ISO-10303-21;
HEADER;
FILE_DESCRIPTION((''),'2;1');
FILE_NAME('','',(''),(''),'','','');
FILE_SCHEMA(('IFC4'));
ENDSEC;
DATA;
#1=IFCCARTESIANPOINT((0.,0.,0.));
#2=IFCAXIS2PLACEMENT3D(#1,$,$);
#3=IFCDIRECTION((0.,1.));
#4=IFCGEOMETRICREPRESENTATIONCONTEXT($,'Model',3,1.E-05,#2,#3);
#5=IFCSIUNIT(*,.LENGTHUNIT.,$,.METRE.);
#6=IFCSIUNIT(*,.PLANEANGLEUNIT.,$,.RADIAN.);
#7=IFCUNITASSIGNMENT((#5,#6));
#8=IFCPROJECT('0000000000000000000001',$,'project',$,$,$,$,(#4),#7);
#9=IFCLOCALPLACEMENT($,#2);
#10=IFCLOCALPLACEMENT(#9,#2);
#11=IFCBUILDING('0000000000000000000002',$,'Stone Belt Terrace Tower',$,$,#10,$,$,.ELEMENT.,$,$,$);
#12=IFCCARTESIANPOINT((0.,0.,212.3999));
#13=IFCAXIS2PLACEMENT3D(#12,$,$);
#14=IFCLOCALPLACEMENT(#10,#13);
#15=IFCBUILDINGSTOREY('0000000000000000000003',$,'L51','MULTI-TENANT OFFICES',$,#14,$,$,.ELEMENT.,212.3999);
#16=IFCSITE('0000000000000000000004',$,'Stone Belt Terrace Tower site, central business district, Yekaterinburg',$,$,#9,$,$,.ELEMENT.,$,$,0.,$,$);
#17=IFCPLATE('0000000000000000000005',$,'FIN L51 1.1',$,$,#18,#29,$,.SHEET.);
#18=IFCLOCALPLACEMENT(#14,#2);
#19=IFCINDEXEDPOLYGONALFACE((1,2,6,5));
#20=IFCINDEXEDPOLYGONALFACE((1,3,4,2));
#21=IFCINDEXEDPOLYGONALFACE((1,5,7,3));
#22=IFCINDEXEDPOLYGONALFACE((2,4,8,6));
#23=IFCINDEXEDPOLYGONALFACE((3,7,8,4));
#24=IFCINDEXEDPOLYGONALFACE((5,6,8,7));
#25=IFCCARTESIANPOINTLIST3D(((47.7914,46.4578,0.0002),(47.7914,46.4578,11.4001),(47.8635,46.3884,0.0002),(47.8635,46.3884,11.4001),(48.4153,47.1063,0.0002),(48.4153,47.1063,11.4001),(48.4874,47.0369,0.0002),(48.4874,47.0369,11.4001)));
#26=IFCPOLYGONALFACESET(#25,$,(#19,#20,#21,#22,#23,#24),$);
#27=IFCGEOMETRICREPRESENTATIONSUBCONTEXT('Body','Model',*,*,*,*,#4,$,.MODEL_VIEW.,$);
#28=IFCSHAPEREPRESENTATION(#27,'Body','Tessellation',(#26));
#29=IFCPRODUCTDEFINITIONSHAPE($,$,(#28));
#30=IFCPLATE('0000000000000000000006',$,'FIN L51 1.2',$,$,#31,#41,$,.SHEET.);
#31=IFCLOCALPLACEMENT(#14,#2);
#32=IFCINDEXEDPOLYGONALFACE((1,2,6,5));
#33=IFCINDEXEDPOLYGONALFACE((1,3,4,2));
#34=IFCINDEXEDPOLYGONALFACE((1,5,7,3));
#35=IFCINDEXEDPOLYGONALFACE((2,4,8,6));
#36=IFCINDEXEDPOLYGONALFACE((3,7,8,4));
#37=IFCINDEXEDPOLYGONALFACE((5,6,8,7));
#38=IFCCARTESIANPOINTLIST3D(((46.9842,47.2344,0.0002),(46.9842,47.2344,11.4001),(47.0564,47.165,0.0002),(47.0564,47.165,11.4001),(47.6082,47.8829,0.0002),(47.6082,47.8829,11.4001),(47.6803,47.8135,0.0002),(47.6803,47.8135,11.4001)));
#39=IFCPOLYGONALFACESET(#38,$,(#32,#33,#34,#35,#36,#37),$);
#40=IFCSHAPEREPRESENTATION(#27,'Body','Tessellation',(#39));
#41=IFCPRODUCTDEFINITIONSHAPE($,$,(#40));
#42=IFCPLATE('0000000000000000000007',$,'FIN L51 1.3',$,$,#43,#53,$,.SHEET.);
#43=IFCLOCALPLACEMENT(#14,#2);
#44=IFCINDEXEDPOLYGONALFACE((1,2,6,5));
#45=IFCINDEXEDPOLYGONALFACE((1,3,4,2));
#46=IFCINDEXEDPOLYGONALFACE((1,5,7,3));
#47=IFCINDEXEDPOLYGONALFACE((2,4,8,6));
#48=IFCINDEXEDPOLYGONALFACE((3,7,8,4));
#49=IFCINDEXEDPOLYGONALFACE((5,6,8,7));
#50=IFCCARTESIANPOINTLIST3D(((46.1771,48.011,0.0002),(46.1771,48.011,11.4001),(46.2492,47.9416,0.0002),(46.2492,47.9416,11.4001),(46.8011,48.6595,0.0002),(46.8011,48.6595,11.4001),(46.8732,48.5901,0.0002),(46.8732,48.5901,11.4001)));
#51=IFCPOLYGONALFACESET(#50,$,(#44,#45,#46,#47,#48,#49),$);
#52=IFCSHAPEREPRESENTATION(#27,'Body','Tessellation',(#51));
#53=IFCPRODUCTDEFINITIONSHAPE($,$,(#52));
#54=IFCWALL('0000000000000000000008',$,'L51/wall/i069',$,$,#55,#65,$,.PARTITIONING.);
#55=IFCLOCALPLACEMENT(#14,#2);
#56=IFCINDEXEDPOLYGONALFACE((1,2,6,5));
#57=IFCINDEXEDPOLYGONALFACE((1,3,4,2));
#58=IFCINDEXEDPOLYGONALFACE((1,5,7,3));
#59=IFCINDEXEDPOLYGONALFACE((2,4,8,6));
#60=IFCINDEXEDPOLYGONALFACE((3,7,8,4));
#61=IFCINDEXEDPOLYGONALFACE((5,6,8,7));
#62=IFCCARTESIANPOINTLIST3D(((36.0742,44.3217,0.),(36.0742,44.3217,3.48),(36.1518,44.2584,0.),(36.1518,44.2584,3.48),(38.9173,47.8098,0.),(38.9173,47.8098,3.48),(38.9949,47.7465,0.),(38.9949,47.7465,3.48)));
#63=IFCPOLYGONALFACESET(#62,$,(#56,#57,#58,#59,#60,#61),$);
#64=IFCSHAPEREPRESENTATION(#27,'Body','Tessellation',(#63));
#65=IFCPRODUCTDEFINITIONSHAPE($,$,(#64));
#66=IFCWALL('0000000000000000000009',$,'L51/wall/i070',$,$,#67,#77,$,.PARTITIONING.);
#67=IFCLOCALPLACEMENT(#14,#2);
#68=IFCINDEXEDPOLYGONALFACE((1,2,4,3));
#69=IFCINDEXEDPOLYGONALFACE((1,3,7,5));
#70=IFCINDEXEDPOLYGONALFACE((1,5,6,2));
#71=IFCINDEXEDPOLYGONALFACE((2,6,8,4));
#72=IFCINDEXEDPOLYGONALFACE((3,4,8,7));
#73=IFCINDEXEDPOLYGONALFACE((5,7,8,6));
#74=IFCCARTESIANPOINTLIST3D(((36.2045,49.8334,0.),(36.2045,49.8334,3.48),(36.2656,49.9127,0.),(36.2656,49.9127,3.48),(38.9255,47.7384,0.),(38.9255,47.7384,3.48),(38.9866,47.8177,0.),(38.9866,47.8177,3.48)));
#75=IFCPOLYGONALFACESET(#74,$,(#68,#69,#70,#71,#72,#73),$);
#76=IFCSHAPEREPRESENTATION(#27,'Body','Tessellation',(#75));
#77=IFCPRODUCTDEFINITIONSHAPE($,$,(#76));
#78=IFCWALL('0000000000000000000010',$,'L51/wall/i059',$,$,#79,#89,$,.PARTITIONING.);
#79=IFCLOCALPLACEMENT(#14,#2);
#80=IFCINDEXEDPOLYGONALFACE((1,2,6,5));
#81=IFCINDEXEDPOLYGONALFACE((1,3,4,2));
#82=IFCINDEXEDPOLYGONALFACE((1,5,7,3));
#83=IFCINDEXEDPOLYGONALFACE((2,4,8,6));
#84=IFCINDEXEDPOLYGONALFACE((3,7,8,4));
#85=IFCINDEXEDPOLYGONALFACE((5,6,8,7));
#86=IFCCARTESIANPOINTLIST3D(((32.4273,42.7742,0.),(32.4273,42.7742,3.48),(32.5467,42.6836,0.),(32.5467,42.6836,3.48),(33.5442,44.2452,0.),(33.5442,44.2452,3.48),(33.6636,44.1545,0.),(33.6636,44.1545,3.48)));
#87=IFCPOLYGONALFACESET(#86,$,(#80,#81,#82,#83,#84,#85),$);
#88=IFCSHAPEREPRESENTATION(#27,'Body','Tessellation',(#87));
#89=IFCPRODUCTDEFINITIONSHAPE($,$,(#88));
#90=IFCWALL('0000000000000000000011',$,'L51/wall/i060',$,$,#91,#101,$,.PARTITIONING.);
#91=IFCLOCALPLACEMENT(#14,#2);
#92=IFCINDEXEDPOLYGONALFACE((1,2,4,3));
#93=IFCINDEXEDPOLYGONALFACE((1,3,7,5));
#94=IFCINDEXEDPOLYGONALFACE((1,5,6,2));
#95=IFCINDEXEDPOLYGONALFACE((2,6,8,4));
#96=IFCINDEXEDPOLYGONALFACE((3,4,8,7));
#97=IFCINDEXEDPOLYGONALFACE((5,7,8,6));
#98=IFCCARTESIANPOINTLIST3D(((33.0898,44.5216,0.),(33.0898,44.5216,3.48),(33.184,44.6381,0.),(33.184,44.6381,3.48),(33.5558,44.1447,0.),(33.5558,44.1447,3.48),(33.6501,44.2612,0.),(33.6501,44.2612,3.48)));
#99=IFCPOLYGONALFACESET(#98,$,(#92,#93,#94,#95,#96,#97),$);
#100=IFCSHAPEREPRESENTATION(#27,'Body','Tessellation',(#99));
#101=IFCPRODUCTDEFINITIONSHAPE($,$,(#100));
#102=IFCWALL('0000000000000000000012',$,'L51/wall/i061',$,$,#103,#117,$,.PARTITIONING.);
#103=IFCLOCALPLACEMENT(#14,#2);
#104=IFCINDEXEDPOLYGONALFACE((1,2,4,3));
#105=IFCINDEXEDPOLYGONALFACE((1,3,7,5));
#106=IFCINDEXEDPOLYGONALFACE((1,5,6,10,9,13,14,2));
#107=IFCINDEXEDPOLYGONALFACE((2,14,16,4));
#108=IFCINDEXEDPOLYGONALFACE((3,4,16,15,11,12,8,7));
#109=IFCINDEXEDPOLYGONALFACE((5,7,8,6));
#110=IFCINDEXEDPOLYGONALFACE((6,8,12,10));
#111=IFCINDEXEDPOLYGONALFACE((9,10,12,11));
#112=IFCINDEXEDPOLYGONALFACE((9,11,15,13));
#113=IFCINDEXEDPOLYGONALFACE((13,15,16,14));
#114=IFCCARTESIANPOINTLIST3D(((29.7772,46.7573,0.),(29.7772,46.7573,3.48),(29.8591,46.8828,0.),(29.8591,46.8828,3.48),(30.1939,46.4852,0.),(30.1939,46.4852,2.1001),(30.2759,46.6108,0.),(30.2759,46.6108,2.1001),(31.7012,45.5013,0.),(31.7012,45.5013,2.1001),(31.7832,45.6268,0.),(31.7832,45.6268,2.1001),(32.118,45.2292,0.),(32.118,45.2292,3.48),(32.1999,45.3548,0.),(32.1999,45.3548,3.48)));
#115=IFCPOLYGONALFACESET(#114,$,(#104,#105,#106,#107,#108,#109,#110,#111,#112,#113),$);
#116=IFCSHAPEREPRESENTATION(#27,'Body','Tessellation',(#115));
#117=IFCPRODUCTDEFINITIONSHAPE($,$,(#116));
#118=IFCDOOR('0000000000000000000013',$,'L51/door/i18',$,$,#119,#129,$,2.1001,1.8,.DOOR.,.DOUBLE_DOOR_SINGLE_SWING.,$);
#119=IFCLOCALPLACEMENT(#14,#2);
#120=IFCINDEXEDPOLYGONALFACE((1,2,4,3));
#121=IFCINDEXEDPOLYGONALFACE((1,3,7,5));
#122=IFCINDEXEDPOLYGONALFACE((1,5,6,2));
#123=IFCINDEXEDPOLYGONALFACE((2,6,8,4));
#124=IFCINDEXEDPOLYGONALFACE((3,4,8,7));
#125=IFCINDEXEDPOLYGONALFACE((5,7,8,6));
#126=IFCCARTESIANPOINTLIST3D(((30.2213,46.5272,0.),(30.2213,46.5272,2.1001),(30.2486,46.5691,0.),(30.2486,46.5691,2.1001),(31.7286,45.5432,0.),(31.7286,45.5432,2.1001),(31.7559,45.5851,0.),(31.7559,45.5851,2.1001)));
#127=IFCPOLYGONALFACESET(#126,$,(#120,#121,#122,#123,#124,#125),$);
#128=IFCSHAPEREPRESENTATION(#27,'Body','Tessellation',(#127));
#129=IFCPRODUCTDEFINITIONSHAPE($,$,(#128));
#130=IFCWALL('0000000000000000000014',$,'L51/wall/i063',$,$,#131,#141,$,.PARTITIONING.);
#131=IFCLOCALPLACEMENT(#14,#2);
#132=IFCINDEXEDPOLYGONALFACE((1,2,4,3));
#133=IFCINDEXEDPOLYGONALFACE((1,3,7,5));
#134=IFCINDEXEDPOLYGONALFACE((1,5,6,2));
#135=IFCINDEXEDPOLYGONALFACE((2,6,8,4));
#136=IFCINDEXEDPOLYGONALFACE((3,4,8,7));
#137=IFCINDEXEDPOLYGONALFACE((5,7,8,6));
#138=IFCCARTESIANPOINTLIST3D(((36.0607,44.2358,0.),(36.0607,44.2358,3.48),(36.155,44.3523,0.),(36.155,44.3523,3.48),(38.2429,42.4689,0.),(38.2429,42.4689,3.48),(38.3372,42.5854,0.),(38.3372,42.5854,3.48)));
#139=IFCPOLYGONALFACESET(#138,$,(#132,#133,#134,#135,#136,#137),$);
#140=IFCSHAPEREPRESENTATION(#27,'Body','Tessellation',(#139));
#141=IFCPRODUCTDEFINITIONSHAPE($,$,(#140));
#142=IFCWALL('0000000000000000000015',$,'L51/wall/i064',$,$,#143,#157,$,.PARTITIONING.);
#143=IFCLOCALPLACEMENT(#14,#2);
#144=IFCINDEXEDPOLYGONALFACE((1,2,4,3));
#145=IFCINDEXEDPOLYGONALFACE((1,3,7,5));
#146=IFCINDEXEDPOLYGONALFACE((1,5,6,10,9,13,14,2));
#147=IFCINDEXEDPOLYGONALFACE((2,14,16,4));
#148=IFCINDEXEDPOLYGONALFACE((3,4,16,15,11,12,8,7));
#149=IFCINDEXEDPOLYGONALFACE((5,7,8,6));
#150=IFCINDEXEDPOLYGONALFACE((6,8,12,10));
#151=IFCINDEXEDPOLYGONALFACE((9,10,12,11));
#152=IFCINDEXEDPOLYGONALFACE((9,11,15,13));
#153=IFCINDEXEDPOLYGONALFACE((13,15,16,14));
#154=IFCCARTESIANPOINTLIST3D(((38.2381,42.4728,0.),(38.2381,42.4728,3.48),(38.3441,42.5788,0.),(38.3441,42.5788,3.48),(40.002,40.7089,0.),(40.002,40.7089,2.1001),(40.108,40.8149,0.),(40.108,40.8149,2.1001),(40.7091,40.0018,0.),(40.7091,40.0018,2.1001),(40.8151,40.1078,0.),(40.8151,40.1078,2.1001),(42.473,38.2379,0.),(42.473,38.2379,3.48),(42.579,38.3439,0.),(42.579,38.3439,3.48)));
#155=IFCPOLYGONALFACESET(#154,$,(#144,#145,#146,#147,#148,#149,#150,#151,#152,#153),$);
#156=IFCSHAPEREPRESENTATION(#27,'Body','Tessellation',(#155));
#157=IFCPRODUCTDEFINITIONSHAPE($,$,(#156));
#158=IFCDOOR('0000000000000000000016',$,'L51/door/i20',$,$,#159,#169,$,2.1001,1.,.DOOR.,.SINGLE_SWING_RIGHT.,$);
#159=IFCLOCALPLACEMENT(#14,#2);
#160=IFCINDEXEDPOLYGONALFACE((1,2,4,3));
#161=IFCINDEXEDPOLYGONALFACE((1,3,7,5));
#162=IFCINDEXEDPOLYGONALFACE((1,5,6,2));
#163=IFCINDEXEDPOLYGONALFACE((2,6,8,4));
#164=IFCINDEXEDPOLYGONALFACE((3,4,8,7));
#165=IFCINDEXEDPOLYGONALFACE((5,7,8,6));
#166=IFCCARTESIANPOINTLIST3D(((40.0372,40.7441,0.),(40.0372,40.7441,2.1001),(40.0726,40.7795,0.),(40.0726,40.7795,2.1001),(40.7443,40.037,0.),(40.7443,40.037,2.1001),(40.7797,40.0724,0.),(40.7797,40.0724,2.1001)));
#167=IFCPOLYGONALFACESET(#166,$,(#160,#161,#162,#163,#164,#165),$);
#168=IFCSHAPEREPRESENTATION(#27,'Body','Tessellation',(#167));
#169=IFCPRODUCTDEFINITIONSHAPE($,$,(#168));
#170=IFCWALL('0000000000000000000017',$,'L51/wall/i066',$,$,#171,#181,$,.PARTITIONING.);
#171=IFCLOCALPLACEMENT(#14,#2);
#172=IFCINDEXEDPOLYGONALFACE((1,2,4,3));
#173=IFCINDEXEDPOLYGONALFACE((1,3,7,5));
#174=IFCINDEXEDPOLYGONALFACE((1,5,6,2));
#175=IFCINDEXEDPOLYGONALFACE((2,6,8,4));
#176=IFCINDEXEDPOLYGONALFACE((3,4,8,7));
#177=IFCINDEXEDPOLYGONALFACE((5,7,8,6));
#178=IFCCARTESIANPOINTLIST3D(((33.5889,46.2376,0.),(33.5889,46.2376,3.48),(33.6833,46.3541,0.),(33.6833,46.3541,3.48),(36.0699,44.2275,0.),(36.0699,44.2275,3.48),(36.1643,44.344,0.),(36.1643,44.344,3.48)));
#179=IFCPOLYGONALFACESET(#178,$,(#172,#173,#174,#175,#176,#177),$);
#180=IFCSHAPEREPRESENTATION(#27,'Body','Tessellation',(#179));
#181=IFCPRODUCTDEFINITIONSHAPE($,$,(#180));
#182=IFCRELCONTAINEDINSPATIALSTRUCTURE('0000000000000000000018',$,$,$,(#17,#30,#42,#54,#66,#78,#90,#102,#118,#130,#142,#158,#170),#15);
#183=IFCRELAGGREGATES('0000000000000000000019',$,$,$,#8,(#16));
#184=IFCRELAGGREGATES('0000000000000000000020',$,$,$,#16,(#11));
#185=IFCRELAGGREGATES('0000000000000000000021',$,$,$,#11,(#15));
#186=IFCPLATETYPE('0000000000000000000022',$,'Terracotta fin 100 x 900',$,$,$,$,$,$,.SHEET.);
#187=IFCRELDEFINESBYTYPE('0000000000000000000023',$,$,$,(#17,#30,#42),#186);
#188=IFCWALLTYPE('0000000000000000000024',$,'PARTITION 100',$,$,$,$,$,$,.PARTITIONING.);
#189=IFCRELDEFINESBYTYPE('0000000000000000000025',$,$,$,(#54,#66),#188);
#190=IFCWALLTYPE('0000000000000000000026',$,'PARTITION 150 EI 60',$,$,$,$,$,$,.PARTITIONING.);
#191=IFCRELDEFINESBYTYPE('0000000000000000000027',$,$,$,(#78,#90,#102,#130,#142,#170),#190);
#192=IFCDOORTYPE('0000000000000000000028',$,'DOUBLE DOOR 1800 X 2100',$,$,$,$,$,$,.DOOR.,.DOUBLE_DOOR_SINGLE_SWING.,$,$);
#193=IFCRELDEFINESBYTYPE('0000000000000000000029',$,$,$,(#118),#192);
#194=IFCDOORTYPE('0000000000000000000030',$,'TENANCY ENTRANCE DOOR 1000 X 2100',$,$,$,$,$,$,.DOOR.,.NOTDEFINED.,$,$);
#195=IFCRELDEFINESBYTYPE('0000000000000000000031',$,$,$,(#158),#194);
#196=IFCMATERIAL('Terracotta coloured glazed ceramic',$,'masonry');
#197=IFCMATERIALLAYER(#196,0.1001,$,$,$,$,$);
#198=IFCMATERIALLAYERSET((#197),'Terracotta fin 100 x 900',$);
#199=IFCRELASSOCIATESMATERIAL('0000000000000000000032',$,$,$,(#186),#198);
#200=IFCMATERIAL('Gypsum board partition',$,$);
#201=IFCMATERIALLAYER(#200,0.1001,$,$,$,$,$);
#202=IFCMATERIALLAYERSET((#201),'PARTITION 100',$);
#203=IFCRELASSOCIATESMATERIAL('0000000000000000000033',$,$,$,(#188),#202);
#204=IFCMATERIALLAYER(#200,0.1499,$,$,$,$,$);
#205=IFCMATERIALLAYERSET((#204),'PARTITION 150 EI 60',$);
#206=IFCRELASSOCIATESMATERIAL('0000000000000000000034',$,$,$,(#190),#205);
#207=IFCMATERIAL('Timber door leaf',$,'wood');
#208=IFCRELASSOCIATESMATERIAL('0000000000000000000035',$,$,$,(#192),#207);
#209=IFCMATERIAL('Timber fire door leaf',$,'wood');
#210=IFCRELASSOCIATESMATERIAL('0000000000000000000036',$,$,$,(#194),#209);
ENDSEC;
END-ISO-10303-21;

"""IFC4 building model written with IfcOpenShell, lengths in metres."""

from ifc_helpers import new_model, si_unit, direction, frame, frame_2d, origin, origin_2d, place, context, subcontext, project, spatial, rectangle, extrude, material, layer, layer_set, type_object, element, fill, save


model = new_model("IFC4")

# Units and contexts
model_context = context("Model", 3, precision=1e-05, world=origin(), true_north=direction((0.0, 1.0)))
body_context = subcontext(model_context, "Body", "Model", "MODEL_VIEW")
ifc_project = project(units=[si_unit("LENGTHUNIT", "METRE"), si_unit("PLANEANGLEUNIT", "RADIAN")], contexts=[model_context])

# Site, building, storey
site_placement = place(None, origin())
site = spatial("IfcSite", under=ifc_project, at=site_placement, Name="Stone Belt Terrace Tower site, central business district, Yekaterinburg", CompositionType="ELEMENT", RefElevation=0.0)
building_placement = place(site_placement, origin())
building = spatial("IfcBuilding", under=site, at=building_placement, Name="Stone Belt Terrace Tower", CompositionType="ELEMENT")
storey_placement = place(building_placement, frame((0.0, 0.0, 212.3999)))
storey = spatial("IfcBuildingStorey", under=building, at=storey_placement, Name="L51", Description="MULTI-TENANT OFFICES", CompositionType="ELEMENT", Elevation=212.3999)

# Plates
ifc_material_1 = material(Name="Terracotta coloured glazed ceramic", Category="masonry")
ifc_layer_1 = layer(ifc_material_1, 0.1001)
ifc_layer_set_1 = layer_set([ifc_layer_1], Name="Terracotta fin 100 x 900")
plate_type_1 = type_object("IfcPlateType", Name="Terracotta fin 100 x 900", PredefinedType="SHEET", material=ifc_layer_set_1)
for number, where, z_axis, x_axis, name in (
    (1, (48.1394, 46.7473, 0.0002), (0.0, 0.0, 1.0), (0.693346, 0.720604, 0.0), "FIN L51 1.1"),
    (2, (47.3323, 47.5239, 0.0002), (0.0, 0.0, 1.0), (0.693346, 0.720604, 0.0), "FIN L51 1.2"),
    (3, (46.5251, 48.3005, 0.0002), (0.0, 0.0, 1.0), (0.693346, 0.720604, 0.0), "FIN L51 1.3"),
):
    element("IfcPlate", number, at=place(storey_placement, frame(where, z_axis=z_axis, x_axis=x_axis)), inside=storey, type_object=plate_type_1, Name=name, PredefinedType="SHEET", context=body_context, shape_type="SweptSolid", body=[
        extrude(rectangle(XDim=0.8999, YDim=0.1001, at=origin_2d()), origin(), (0.0, 0.0, 1.0), 11.3999),
    ])

# Walls
ifc_material_2 = material(Name="Gypsum board partition")
ifc_layer_2 = layer(ifc_material_2, 0.1001)
ifc_layer_set_2 = layer_set([ifc_layer_2], Name="PARTITION 100")
wall_type_1 = type_object("IfcWallType", Name="PARTITION 100", PredefinedType="PARTITIONING", material=ifc_layer_set_2)
wall_1_placement = place(storey_placement, frame((36.113, 44.29, 0.0), z_axis=(0.0, 0.0, 1.0), x_axis=(0.631795, 0.775136, 0.0)))
element("IfcWall", 4, at=wall_1_placement, inside=storey, type_object=wall_type_1, Name="L51/wall/i069", PredefinedType="PARTITIONING", context=body_context, shape_type="SweptSolid", body=[
    extrude(rectangle(XDim=4.5, YDim=0.1001, at=frame_2d((2.25, 0.0))), origin(), (0.0, 0.0, 1.0), 3.48),
])
wall_2_placement = place(storey_placement, frame((38.9561, 47.7781, 0.0), z_axis=(0.0, 0.0, 1.0), x_axis=(-0.792352, 0.610065, 0.0)))
element("IfcWall", 5, at=wall_2_placement, inside=storey, type_object=wall_type_1, Name="L51/wall/i070", PredefinedType="PARTITIONING", context=body_context, shape_type="SweptSolid", body=[
    extrude(rectangle(XDim=3.4341, YDim=0.1001, at=frame_2d((1.717, 0.0))), origin(), (0.0, 0.0, 1.0), 3.48),
])
ifc_layer_3 = layer(ifc_material_2, 0.1499)
ifc_layer_set_3 = layer_set([ifc_layer_3], Name="PARTITION 150 EI 60")
wall_type_2 = type_object("IfcWallType", Name="PARTITION 150 EI 60", PredefinedType="PARTITIONING", material=ifc_layer_set_3)
wall_3_placement = place(storey_placement, frame((32.4871, 42.729, 0.0), z_axis=(0.0, 0.0, 1.0), x_axis=(0.604748, 0.796417, 0.0)))
element("IfcWall", 6, at=wall_3_placement, inside=storey, type_object=wall_type_2, Name="L51/wall/i059", PredefinedType="PARTITIONING", context=body_context, shape_type="SweptSolid", body=[
    extrude(rectangle(XDim=1.8469, YDim=0.1499, at=frame_2d((0.9233, 0.0))), origin(), (0.0, 0.0, 1.0), 3.48),
])
wall_4_placement = place(storey_placement, frame((33.603, 44.2029, 0.0), z_axis=(0.0, 0.0, 1.0), x_axis=(-0.77752, 0.628858, 0.0)))
element("IfcWall", 7, at=wall_4_placement, inside=storey, type_object=wall_type_2, Name="L51/wall/i060", PredefinedType="PARTITIONING", context=body_context, shape_type="SweptSolid", body=[
    extrude(rectangle(XDim=0.5994, YDim=0.1499, at=frame_2d((0.2998, 0.0))), origin(), (0.0, 0.0, 1.0), 3.48),
])

# Wall, opening, door
wall_5_placement = place(storey_placement, frame((32.1589, 45.292, 0.0), z_axis=(0.0, 0.0, 1.0), x_axis=(-0.837372, 0.546633, 0.0)))
wall_5 = element("IfcWall", 8, at=wall_5_placement, inside=storey, type_object=wall_type_2, Name="L51/wall/i061", PredefinedType="PARTITIONING", context=body_context, shape_type="SweptSolid", body=[
    extrude(rectangle(XDim=2.7954, YDim=0.1499, at=frame_2d((1.3977, 0.0))), origin(), (0.0, 0.0, 1.0), 3.48),
])
opening_1_placement = place(wall_5_placement, frame((0.4978, 0.0, 0.0)))
opening_1 = element("IfcOpeningElement", 9, at=opening_1_placement, cuts=wall_5, PredefinedType="OPENING", context=body_context, shape_type="SweptSolid", body=[
    extrude(rectangle(XDim=1.8, YDim=2.1001, at=frame_2d((0.8999, 1.05))), frame((0.0, 0.085, 0.0), z_axis=(0.0, -1.0, 0.0), x_axis=(1.0, 0.0, 0.0)), (0.0, 0.0, 1.0), 0.1699),
])
ifc_material_3 = material(Name="Timber door leaf", Category="wood")
door_type_1 = type_object("IfcDoorType", Name="DOUBLE DOOR 1800 X 2100", OperationType="DOUBLE_DOOR_SINGLE_SWING", PredefinedType="DOOR", material=ifc_material_3)
door_1_placement = place(opening_1_placement, origin())
door_1 = element("IfcDoor", 10, at=door_1_placement, inside=storey, type_object=door_type_1, Name="L51/door/i18", OperationType="DOUBLE_DOOR_SINGLE_SWING", OverallHeight=2.1001, OverallWidth=1.8, PredefinedType="DOOR", context=body_context, shape_type="SweptSolid", body=[
    extrude(rectangle(XDim=1.8, YDim=2.1001, at=frame_2d((0.8999, 1.05))), frame((0.0, 0.0249, 0.0), z_axis=(0.0, -1.0, 0.0), x_axis=(1.0, 0.0, 0.0)), (0.0, 0.0, 1.0), 0.05),
])
fill(opening_1, door_1)

# Wall
wall_6_placement = place(storey_placement, frame((36.1079, 44.2939, 0.0), z_axis=(0.0, 0.0, 1.0), x_axis=(0.777182, -0.629276, 0.0)))
element("IfcWall", 11, at=wall_6_placement, inside=storey, type_object=wall_type_2, Name="L51/wall/i063", PredefinedType="PARTITIONING", context=body_context, shape_type="SweptSolid", body=[
    extrude(rectangle(XDim=2.8079, YDim=0.1499, at=frame_2d((1.4038, 0.0))), origin(), (0.0, 0.0, 1.0), 3.48),
])

# Wall, opening, door
wall_7_placement = place(storey_placement, frame((38.291, 42.5259, 0.0), z_axis=(0.0, 0.0, 1.0), x_axis=(0.707107, -0.707107, 0.0)))
wall_7 = element("IfcWall", 12, at=wall_7_placement, inside=storey, type_object=wall_type_2, Name="L51/wall/i064", PredefinedType="PARTITIONING", context=body_context, shape_type="SweptSolid", body=[
    extrude(rectangle(XDim=5.989, YDim=0.1499, at=frame_2d((2.9946, 0.0))), origin(), (0.0, 0.0, 1.0), 3.48),
])
opening_2_placement = place(wall_7_placement, frame((2.4946, 0.0, 0.0)))
opening_2 = element("IfcOpeningElement", 13, at=opening_2_placement, cuts=wall_7, PredefinedType="OPENING", context=body_context, shape_type="SweptSolid", body=[
    extrude(rectangle(XDim=1.0, YDim=2.1001, at=frame_2d((0.5, 1.05))), frame((0.0, 0.085, 0.0), z_axis=(0.0, -1.0, 0.0), x_axis=(1.0, 0.0, 0.0)), (0.0, 0.0, 1.0), 0.1699),
])
ifc_material_4 = material(Name="Timber fire door leaf", Category="wood")
door_type_2 = type_object("IfcDoorType", Name="TENANCY ENTRANCE DOOR 1000 X 2100", OperationType="NOTDEFINED", PredefinedType="DOOR", material=ifc_material_4)
door_2_placement = place(opening_2_placement, origin())
door_2 = element("IfcDoor", 14, at=door_2_placement, inside=storey, type_object=door_type_2, Name="L51/door/i20", OperationType="SINGLE_SWING_RIGHT", OverallHeight=2.1001, OverallWidth=1.0, PredefinedType="DOOR", context=body_context, shape_type="SweptSolid", body=[
    extrude(rectangle(XDim=1.0, YDim=2.1001, at=frame_2d((0.5, 1.05))), frame((0.0, 0.0249, 0.0), z_axis=(0.0, -1.0, 0.0), x_axis=(1.0, 0.0, 0.0)), (0.0, 0.0, 1.0), 0.05),
])
fill(opening_2, door_2)

# Wall
wall_8_placement = place(storey_placement, frame((33.636, 46.2959, 0.0), z_axis=(0.0, 0.0, 1.0), x_axis=(0.776997, -0.629504, 0.0)))
element("IfcWall", 15, at=wall_8_placement, inside=storey, type_object=wall_type_2, Name="L51/wall/i066", PredefinedType="PARTITIONING", context=body_context, shape_type="SweptSolid", body=[
    extrude(rectangle(XDim=3.1931, YDim=0.1499, at=frame_2d((1.5967, 0.0))), origin(), (0.0, 0.0, 1.0), 3.48),
])

save(model, "model.ifc")
